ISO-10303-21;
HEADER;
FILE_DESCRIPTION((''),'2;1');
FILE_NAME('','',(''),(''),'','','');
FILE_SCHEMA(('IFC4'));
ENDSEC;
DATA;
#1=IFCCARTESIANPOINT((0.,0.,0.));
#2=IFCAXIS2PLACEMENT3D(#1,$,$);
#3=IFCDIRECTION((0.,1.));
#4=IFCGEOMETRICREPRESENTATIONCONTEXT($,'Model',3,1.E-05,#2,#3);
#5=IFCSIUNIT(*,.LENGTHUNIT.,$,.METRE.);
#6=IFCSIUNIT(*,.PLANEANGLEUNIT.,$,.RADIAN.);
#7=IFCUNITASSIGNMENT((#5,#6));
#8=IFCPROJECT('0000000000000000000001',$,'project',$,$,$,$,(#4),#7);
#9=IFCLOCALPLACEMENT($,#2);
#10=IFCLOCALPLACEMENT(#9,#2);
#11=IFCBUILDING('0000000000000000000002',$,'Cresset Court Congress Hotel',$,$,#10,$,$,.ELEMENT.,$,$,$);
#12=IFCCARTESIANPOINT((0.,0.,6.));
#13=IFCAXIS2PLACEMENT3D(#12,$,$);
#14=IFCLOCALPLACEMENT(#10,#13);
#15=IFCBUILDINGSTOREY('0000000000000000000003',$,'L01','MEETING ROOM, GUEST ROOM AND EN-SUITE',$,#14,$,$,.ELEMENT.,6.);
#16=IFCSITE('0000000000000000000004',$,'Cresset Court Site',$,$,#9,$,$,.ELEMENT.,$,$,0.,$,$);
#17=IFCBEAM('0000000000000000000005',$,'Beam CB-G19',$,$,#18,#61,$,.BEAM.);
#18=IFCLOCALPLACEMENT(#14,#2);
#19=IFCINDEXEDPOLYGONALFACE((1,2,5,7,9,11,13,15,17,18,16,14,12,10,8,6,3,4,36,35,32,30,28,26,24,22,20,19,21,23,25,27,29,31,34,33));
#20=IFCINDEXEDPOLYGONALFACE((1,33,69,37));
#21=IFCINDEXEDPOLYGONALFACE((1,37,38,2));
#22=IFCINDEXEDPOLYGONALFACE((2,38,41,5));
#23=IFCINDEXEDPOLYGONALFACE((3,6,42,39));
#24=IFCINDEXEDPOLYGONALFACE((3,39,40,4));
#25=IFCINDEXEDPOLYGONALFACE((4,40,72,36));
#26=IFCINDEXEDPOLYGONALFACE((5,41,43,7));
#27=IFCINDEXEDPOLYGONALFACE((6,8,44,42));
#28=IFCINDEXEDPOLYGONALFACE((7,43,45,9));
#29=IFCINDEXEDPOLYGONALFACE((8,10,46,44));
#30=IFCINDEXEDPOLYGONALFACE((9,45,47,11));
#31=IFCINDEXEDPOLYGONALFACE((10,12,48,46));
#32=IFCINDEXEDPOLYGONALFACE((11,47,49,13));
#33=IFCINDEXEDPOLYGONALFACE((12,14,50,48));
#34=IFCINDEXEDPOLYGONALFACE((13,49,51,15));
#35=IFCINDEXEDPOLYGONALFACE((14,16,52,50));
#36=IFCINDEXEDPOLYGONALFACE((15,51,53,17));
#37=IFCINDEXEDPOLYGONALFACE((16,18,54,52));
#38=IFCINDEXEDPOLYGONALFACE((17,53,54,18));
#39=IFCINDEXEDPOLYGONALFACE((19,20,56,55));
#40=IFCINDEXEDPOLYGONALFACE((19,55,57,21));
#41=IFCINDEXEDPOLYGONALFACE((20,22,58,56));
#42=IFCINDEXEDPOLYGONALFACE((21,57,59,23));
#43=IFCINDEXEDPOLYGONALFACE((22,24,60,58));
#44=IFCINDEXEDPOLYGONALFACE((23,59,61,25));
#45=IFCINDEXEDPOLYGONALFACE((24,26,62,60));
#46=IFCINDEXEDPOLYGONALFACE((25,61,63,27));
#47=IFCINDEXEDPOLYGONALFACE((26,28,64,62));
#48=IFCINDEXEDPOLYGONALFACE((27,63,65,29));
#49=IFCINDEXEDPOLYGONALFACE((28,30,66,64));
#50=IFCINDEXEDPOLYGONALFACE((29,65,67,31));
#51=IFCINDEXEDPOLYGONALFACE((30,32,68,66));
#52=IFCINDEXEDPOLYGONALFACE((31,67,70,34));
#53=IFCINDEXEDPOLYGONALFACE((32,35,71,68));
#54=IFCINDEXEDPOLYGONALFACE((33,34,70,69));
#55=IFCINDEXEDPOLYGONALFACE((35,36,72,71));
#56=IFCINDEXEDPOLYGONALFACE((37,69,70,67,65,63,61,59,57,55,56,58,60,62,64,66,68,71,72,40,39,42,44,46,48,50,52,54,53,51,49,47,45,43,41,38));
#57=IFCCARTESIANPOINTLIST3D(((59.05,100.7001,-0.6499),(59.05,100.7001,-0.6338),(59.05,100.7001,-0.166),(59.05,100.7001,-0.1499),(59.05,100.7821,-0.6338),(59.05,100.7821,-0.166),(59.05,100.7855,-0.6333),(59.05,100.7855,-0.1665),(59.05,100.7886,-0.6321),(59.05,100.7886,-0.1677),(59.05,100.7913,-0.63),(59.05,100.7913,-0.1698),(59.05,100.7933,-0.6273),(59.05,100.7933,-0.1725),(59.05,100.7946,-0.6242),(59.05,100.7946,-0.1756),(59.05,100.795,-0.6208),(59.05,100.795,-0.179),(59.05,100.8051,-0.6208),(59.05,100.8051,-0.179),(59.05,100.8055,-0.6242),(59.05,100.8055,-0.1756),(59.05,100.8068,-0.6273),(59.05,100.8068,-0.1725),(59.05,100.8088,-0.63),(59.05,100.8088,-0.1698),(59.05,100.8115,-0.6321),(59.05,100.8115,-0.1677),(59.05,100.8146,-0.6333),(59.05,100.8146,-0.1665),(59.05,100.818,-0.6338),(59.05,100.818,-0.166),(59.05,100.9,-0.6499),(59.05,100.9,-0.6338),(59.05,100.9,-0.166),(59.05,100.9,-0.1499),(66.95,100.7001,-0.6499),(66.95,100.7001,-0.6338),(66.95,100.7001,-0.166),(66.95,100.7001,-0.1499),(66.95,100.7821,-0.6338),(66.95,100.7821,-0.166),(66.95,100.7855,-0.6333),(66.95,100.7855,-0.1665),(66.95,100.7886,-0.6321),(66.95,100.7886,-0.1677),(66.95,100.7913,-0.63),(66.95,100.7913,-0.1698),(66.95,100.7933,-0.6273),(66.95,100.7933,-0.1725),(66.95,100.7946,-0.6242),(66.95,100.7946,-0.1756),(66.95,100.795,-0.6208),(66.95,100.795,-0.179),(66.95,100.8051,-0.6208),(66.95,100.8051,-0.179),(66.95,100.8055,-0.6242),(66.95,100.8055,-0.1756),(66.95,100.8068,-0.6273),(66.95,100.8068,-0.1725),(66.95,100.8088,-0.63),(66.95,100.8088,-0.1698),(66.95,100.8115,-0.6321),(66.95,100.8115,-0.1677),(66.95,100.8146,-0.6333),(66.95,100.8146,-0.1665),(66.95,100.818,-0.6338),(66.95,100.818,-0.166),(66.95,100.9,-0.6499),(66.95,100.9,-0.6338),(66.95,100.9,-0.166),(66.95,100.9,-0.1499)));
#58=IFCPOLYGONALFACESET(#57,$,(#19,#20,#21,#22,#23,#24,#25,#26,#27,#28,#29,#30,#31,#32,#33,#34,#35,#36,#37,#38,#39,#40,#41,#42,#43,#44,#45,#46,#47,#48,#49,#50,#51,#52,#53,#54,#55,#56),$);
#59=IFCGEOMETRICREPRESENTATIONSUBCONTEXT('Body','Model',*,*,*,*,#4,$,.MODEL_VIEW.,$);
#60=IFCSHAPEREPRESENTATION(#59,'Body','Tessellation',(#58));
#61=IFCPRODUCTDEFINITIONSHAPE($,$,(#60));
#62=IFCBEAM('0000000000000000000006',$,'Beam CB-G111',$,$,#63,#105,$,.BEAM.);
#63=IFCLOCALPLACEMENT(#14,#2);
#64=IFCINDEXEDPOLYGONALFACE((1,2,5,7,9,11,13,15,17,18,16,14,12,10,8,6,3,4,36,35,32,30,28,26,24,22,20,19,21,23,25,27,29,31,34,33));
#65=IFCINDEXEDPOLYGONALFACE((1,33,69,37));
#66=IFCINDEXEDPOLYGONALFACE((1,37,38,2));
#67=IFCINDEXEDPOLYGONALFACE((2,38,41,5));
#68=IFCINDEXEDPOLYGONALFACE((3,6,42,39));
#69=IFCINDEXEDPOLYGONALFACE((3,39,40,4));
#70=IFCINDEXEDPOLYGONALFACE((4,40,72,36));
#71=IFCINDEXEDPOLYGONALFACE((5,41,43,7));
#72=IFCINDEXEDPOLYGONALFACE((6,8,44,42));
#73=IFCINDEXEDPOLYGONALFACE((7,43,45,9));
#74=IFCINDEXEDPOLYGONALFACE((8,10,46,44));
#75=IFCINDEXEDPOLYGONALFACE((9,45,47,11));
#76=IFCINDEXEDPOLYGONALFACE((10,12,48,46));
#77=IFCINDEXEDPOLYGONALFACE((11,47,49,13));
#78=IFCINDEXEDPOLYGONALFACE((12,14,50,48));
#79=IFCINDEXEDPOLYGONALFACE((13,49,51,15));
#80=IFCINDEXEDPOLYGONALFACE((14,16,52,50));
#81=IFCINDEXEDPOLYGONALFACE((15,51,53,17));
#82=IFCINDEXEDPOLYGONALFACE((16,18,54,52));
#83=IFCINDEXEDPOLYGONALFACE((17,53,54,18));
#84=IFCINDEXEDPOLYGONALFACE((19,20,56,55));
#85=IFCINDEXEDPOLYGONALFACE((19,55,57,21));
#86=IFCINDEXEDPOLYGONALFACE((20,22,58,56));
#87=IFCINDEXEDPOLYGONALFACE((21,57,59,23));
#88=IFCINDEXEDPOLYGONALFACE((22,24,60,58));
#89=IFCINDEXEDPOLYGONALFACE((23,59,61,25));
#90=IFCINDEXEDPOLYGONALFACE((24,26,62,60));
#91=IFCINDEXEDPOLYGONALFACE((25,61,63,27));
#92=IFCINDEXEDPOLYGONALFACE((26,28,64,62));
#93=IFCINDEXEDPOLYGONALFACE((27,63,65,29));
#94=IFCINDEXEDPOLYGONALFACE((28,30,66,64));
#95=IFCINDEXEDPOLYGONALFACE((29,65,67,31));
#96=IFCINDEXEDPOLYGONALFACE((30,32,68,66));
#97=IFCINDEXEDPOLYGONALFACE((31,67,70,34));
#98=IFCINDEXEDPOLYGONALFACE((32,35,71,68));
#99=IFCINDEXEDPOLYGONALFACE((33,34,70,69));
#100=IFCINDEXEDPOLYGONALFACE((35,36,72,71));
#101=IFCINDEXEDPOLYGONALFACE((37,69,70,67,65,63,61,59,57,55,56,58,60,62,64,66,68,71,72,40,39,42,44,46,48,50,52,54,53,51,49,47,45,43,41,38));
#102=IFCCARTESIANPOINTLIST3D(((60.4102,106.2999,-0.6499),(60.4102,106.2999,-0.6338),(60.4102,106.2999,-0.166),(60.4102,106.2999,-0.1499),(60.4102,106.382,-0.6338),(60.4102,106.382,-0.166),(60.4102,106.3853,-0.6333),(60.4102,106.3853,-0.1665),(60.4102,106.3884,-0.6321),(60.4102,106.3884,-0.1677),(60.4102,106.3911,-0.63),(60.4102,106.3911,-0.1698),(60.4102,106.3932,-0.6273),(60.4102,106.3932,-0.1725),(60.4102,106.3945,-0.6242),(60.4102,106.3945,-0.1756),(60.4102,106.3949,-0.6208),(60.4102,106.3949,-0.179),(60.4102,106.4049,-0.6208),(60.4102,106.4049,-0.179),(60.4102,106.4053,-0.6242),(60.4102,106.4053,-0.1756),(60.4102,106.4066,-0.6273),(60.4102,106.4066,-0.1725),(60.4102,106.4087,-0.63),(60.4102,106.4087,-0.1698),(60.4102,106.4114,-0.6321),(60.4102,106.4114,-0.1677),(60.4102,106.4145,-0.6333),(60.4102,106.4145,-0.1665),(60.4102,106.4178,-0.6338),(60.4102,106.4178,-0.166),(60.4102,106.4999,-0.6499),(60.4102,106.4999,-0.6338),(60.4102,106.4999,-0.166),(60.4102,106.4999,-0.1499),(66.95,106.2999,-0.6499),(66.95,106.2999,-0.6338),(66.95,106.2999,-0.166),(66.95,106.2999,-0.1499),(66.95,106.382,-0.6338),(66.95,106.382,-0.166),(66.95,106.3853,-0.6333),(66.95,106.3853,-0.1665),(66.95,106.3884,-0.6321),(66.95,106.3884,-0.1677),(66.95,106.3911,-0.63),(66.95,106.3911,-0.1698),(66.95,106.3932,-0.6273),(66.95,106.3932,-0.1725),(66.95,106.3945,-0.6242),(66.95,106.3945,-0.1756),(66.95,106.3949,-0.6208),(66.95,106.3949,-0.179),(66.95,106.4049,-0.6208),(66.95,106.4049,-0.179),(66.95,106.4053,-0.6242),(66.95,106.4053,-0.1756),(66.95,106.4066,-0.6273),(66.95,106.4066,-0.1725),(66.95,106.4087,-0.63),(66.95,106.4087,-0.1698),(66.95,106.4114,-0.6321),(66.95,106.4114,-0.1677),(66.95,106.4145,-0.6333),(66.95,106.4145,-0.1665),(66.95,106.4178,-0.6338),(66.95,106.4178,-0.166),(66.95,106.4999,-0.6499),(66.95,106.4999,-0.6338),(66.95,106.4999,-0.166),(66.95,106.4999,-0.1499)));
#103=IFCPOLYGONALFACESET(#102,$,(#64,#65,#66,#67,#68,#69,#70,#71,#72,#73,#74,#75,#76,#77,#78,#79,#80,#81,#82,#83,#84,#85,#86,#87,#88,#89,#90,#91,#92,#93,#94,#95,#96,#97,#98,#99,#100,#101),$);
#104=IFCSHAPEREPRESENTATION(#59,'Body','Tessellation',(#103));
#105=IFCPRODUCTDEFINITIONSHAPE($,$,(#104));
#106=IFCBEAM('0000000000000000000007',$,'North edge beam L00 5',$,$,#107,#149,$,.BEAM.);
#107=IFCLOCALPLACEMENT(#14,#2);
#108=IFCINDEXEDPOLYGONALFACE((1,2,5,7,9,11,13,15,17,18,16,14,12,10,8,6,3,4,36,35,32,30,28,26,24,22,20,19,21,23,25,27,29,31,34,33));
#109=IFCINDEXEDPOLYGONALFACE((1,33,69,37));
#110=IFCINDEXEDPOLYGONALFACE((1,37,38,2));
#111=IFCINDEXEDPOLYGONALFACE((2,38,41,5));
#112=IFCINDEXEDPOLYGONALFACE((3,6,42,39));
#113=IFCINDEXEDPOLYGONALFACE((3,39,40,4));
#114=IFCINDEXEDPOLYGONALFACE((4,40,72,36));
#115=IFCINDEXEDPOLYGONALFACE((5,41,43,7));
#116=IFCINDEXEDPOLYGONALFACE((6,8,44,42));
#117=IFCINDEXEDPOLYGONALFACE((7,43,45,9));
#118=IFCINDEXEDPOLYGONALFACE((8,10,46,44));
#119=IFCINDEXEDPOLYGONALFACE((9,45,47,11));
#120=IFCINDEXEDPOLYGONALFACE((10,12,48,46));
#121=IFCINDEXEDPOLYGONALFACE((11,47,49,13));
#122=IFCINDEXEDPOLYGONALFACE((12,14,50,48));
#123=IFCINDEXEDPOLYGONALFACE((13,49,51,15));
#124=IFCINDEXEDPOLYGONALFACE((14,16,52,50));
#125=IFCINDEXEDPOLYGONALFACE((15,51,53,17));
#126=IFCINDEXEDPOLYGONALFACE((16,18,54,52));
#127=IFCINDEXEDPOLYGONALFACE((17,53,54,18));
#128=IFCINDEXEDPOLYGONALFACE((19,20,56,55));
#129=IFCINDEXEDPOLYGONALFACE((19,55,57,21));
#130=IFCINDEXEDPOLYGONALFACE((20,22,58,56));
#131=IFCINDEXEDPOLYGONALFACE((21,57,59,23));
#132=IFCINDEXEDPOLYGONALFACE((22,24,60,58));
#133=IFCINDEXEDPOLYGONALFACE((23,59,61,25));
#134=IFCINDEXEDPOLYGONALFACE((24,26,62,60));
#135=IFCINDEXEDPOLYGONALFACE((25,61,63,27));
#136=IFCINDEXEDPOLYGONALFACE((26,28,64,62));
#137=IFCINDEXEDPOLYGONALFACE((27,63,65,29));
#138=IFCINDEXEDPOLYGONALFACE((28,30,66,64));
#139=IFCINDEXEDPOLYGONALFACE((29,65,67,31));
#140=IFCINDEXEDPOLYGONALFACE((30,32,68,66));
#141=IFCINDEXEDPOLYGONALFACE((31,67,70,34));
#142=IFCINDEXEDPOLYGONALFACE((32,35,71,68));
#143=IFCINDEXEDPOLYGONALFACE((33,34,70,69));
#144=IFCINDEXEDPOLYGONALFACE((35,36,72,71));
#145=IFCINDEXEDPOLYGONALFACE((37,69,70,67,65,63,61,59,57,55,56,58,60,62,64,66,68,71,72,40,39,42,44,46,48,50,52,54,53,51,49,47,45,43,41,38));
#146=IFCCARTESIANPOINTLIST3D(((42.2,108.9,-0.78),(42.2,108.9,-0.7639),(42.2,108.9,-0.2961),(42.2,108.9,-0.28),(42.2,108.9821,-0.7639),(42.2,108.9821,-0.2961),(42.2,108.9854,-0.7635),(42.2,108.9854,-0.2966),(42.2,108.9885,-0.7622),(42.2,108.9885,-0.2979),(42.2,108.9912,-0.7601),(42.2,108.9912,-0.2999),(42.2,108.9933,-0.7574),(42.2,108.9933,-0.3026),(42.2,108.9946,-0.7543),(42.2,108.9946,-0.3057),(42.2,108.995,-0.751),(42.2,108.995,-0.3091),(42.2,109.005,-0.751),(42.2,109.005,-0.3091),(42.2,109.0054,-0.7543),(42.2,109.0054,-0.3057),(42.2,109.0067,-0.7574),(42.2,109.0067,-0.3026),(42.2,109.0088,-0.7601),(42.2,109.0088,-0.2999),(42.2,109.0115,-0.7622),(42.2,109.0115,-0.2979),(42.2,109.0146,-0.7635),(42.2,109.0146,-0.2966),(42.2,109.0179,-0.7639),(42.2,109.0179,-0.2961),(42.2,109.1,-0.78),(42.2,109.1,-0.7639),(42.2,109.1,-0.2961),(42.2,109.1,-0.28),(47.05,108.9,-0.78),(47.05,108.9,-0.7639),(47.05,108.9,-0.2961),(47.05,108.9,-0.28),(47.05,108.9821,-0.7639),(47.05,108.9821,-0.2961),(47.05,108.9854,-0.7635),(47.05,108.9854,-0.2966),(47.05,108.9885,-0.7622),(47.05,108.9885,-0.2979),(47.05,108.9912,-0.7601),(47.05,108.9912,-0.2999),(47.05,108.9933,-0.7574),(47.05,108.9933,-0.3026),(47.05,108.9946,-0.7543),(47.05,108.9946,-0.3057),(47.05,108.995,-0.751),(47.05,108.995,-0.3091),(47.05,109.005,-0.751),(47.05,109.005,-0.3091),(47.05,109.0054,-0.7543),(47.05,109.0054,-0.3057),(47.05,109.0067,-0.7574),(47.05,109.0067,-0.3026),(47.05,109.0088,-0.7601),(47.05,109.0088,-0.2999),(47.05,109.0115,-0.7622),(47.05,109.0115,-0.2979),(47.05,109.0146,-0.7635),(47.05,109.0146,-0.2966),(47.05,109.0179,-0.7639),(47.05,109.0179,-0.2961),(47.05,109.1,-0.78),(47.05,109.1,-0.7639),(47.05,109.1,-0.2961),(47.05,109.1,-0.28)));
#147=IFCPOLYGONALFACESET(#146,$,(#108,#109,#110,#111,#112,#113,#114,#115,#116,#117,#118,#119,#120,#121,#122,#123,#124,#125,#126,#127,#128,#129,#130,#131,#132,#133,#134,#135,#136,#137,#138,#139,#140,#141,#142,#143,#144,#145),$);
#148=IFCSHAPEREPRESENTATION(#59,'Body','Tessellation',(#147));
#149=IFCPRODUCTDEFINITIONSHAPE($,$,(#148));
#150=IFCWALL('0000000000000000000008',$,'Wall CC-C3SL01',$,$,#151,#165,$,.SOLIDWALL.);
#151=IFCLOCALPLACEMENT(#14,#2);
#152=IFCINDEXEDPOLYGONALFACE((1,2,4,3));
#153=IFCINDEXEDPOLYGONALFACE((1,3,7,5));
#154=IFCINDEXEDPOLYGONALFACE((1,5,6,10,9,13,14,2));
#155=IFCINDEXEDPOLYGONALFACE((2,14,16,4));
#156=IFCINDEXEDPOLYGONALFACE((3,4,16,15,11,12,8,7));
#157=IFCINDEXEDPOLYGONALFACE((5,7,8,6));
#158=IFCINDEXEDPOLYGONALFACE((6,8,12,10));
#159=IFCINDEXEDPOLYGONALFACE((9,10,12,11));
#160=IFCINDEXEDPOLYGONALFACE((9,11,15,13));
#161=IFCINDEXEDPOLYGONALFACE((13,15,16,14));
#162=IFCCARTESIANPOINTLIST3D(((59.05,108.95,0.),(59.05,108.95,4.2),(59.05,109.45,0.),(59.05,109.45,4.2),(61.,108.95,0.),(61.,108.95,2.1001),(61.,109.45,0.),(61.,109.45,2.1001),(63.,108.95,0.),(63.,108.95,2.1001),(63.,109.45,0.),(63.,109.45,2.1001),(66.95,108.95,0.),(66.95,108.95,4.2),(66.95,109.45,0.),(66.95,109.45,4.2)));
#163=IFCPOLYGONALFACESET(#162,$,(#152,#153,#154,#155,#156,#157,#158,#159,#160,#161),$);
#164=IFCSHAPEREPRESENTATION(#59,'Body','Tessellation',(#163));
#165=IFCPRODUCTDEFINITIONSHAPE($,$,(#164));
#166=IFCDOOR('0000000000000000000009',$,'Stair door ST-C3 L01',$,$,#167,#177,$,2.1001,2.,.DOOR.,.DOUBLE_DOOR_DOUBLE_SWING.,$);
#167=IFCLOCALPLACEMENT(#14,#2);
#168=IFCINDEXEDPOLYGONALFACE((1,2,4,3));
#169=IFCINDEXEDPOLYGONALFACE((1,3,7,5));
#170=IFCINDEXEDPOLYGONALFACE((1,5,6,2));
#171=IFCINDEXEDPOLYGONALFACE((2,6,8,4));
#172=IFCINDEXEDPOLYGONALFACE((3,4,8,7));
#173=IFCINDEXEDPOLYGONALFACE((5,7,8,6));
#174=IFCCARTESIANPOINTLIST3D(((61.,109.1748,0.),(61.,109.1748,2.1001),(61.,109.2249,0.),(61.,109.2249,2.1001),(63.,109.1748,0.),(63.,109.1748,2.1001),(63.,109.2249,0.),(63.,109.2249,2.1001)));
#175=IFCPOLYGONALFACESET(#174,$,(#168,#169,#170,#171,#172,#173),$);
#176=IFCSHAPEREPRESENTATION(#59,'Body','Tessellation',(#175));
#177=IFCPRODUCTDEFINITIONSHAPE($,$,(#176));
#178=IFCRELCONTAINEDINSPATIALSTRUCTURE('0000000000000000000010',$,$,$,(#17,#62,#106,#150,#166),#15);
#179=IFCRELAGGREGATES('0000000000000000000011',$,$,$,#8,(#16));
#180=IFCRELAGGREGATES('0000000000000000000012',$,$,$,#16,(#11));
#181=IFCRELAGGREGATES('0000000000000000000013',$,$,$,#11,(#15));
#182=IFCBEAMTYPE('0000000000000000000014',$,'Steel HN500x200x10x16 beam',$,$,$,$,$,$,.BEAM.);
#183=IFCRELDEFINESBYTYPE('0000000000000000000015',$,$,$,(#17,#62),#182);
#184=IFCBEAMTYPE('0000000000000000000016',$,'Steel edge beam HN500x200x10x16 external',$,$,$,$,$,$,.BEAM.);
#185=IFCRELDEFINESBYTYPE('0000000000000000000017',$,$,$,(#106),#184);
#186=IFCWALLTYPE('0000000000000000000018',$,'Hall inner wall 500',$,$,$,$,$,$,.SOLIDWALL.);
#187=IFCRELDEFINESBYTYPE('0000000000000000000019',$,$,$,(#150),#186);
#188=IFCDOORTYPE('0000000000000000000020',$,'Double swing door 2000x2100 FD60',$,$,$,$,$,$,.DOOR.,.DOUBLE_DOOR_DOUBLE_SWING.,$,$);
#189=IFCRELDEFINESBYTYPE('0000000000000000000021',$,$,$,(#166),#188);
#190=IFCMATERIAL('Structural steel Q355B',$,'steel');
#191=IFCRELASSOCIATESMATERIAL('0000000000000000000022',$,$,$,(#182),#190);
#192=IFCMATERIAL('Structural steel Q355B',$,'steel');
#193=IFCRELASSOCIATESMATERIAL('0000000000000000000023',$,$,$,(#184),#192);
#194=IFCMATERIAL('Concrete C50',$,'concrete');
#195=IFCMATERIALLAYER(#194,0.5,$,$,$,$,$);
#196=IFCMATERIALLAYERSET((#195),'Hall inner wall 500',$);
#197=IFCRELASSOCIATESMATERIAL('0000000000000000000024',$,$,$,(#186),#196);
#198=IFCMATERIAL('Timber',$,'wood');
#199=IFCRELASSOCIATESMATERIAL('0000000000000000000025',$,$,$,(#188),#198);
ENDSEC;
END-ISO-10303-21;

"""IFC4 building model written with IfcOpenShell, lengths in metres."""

from ifc_helpers import new_model, si_unit, direction, frame, frame_2d, origin, origin_2d, place, context, subcontext, project, spatial, rectangle, i_section, extrude, material, layer, layer_set, material_profile, profile_set, type_object, element, fill, save


model = new_model("IFC4")

# Units and contexts
model_context = context("Model", 3, precision=1e-05, world=origin(), true_north=direction((0.0, 1.0)))
body_context = subcontext(model_context, "Body", "Model", "MODEL_VIEW")
ifc_project = project(units=[si_unit("LENGTHUNIT", "METRE"), si_unit("PLANEANGLEUNIT", "RADIAN")], contexts=[model_context])

# Site, building, storey
site_placement = place(None, origin())
site = spatial("IfcSite", under=ifc_project, at=site_placement, Name="Cresset Court Site", CompositionType="ELEMENT", RefElevation=0.0)
building_placement = place(site_placement, origin())
building = spatial("IfcBuilding", under=site, at=building_placement, Name="Cresset Court Congress Hotel", CompositionType="ELEMENT")
storey_placement = place(building_placement, frame((0.0, 0.0, 6.0)))
storey = spatial("IfcBuildingStorey", under=building, at=storey_placement, Name="L01", Description="MEETING ROOM, GUEST ROOM AND EN-SUITE", CompositionType="ELEMENT", Elevation=6.0)

# Beams
ifc_material_1 = material(Name="Structural steel Q355B", Category="steel")
ifc_material_profile_1 = material_profile(ifc_material_1, i_section(OverallWidth=0.2, OverallDepth=0.5, WebThickness=0.01, FlangeThickness=0.0161, FilletRadius=0.0129, at=origin_2d()), Name="HN500x200x10x16")
ifc_profile_set_1 = profile_set([ifc_material_profile_1], Name="Structural steel Q355B")
beam_type_1 = type_object("IfcBeamType", Name="Steel HN500x200x10x16 beam", PredefinedType="BEAM", material=ifc_profile_set_1)
beam_1_placement = place(storey_placement, frame((59.05, 100.8, -0.3999), z_axis=(1.0, 0.0, 0.0), x_axis=(0.0, 1.0, 0.0)))
element("IfcBeam", 1, at=beam_1_placement, inside=storey, type_object=beam_type_1, Name="Beam CB-G19", PredefinedType="BEAM", context=body_context, shape_type="SweptSolid", body=[
    extrude(i_section(OverallWidth=0.2, OverallDepth=0.5, WebThickness=0.01, FlangeThickness=0.0161, FilletRadius=0.0129, at=origin_2d()), origin(), (0.0, 0.0, 1.0), 7.8999),
])
beam_2_placement = place(storey_placement, frame((60.4102, 106.3999, -0.3999), z_axis=(1.0, 0.0, 0.0), x_axis=(0.0, 1.0, 0.0)))
element("IfcBeam", 2, at=beam_2_placement, inside=storey, type_object=beam_type_1, Name="Beam CB-G111", PredefinedType="BEAM", context=body_context, shape_type="SweptSolid", body=[
    extrude(i_section(OverallWidth=0.2, OverallDepth=0.5, WebThickness=0.01, FlangeThickness=0.0161, FilletRadius=0.0129, at=origin_2d()), origin(), (0.0, 0.0, 1.0), 6.5398),
])
ifc_material_2 = material(Name="Structural steel Q355B", Category="steel")
ifc_material_profile_2 = material_profile(ifc_material_2, i_section(OverallWidth=0.2, OverallDepth=0.5, WebThickness=0.01, FlangeThickness=0.0161, FilletRadius=0.0129, at=origin_2d()), Name="HN500x200x10x16")
ifc_profile_set_2 = profile_set([ifc_material_profile_2], Name="Structural steel Q355B")
beam_type_2 = type_object("IfcBeamType", Name="Steel edge beam HN500x200x10x16 external", PredefinedType="BEAM", material=ifc_profile_set_2)
beam_3_placement = place(storey_placement, frame((42.2, 109.0, -0.53), z_axis=(1.0, 0.0, 0.0), x_axis=(0.0, 1.0, 0.0)))
element("IfcBeam", 3, at=beam_3_placement, inside=storey, type_object=beam_type_2, Name="North edge beam L00 5", PredefinedType="BEAM", context=body_context, shape_type="SweptSolid", body=[
    extrude(i_section(OverallWidth=0.2, OverallDepth=0.5, WebThickness=0.01, FlangeThickness=0.0161, FilletRadius=0.0129, at=origin_2d()), origin(), (0.0, 0.0, 1.0), 4.8501),
])

# Wall, opening, door
ifc_material_3 = material(Name="Concrete C50", Category="concrete")
ifc_layer_1 = layer(ifc_material_3, 0.5)
ifc_layer_set_1 = layer_set([ifc_layer_1], Name="Hall inner wall 500")
wall_type_1 = type_object("IfcWallType", Name="Hall inner wall 500", PredefinedType="SOLIDWALL", material=ifc_layer_set_1)
wall_1_placement = place(storey_placement, frame((59.05, 109.2, 0.0), z_axis=(0.0, 0.0, 1.0), x_axis=(1.0, 0.0, 0.0)))
wall_1 = element("IfcWall", 4, at=wall_1_placement, inside=storey, type_object=wall_type_1, Name="Wall CC-C3SL01", PredefinedType="SOLIDWALL", context=body_context, shape_type="SweptSolid", body=[
    extrude(rectangle(XDim=7.8999, YDim=0.5, at=frame_2d((3.95, 0.0))), origin(), (0.0, 0.0, 1.0), 4.2),
])
opening_1_placement = place(wall_1_placement, frame((1.95, 0.0, 0.0)))
opening_1 = element("IfcOpeningElement", 5, at=opening_1_placement, cuts=wall_1, PredefinedType="OPENING", context=body_context, shape_type="SweptSolid", body=[
    extrude(rectangle(XDim=2.0, YDim=2.1001, at=frame_2d((1.0, 1.05))), frame((0.0, 0.26, 0.0), z_axis=(0.0, -1.0, 0.0), x_axis=(1.0, 0.0, 0.0)), (0.0, 0.0, 1.0), 0.52),
])
ifc_material_4 = material(Name="Timber", Category="wood")
door_type_1 = type_object("IfcDoorType", Name="Double swing door 2000x2100 FD60", OperationType="DOUBLE_DOOR_DOUBLE_SWING", PredefinedType="DOOR", material=ifc_material_4)
door_1_placement = place(opening_1_placement, origin())
door_1 = element("IfcDoor", 6, at=door_1_placement, inside=storey, type_object=door_type_1, Name="Stair door ST-C3 L01", OperationType="DOUBLE_DOOR_DOUBLE_SWING", OverallHeight=2.1001, OverallWidth=2.0, PredefinedType="DOOR", context=body_context, shape_type="SweptSolid", body=[
    extrude(rectangle(XDim=2.0, YDim=2.1001, at=frame_2d((1.0, 1.05))), frame((0.0, 0.0249, 0.0), z_axis=(0.0, -1.0, 0.0), x_axis=(1.0, 0.0, 0.0)), (0.0, 0.0, 1.0), 0.05),
])
fill(opening_1, door_1)

save(model, "model.ifc")
